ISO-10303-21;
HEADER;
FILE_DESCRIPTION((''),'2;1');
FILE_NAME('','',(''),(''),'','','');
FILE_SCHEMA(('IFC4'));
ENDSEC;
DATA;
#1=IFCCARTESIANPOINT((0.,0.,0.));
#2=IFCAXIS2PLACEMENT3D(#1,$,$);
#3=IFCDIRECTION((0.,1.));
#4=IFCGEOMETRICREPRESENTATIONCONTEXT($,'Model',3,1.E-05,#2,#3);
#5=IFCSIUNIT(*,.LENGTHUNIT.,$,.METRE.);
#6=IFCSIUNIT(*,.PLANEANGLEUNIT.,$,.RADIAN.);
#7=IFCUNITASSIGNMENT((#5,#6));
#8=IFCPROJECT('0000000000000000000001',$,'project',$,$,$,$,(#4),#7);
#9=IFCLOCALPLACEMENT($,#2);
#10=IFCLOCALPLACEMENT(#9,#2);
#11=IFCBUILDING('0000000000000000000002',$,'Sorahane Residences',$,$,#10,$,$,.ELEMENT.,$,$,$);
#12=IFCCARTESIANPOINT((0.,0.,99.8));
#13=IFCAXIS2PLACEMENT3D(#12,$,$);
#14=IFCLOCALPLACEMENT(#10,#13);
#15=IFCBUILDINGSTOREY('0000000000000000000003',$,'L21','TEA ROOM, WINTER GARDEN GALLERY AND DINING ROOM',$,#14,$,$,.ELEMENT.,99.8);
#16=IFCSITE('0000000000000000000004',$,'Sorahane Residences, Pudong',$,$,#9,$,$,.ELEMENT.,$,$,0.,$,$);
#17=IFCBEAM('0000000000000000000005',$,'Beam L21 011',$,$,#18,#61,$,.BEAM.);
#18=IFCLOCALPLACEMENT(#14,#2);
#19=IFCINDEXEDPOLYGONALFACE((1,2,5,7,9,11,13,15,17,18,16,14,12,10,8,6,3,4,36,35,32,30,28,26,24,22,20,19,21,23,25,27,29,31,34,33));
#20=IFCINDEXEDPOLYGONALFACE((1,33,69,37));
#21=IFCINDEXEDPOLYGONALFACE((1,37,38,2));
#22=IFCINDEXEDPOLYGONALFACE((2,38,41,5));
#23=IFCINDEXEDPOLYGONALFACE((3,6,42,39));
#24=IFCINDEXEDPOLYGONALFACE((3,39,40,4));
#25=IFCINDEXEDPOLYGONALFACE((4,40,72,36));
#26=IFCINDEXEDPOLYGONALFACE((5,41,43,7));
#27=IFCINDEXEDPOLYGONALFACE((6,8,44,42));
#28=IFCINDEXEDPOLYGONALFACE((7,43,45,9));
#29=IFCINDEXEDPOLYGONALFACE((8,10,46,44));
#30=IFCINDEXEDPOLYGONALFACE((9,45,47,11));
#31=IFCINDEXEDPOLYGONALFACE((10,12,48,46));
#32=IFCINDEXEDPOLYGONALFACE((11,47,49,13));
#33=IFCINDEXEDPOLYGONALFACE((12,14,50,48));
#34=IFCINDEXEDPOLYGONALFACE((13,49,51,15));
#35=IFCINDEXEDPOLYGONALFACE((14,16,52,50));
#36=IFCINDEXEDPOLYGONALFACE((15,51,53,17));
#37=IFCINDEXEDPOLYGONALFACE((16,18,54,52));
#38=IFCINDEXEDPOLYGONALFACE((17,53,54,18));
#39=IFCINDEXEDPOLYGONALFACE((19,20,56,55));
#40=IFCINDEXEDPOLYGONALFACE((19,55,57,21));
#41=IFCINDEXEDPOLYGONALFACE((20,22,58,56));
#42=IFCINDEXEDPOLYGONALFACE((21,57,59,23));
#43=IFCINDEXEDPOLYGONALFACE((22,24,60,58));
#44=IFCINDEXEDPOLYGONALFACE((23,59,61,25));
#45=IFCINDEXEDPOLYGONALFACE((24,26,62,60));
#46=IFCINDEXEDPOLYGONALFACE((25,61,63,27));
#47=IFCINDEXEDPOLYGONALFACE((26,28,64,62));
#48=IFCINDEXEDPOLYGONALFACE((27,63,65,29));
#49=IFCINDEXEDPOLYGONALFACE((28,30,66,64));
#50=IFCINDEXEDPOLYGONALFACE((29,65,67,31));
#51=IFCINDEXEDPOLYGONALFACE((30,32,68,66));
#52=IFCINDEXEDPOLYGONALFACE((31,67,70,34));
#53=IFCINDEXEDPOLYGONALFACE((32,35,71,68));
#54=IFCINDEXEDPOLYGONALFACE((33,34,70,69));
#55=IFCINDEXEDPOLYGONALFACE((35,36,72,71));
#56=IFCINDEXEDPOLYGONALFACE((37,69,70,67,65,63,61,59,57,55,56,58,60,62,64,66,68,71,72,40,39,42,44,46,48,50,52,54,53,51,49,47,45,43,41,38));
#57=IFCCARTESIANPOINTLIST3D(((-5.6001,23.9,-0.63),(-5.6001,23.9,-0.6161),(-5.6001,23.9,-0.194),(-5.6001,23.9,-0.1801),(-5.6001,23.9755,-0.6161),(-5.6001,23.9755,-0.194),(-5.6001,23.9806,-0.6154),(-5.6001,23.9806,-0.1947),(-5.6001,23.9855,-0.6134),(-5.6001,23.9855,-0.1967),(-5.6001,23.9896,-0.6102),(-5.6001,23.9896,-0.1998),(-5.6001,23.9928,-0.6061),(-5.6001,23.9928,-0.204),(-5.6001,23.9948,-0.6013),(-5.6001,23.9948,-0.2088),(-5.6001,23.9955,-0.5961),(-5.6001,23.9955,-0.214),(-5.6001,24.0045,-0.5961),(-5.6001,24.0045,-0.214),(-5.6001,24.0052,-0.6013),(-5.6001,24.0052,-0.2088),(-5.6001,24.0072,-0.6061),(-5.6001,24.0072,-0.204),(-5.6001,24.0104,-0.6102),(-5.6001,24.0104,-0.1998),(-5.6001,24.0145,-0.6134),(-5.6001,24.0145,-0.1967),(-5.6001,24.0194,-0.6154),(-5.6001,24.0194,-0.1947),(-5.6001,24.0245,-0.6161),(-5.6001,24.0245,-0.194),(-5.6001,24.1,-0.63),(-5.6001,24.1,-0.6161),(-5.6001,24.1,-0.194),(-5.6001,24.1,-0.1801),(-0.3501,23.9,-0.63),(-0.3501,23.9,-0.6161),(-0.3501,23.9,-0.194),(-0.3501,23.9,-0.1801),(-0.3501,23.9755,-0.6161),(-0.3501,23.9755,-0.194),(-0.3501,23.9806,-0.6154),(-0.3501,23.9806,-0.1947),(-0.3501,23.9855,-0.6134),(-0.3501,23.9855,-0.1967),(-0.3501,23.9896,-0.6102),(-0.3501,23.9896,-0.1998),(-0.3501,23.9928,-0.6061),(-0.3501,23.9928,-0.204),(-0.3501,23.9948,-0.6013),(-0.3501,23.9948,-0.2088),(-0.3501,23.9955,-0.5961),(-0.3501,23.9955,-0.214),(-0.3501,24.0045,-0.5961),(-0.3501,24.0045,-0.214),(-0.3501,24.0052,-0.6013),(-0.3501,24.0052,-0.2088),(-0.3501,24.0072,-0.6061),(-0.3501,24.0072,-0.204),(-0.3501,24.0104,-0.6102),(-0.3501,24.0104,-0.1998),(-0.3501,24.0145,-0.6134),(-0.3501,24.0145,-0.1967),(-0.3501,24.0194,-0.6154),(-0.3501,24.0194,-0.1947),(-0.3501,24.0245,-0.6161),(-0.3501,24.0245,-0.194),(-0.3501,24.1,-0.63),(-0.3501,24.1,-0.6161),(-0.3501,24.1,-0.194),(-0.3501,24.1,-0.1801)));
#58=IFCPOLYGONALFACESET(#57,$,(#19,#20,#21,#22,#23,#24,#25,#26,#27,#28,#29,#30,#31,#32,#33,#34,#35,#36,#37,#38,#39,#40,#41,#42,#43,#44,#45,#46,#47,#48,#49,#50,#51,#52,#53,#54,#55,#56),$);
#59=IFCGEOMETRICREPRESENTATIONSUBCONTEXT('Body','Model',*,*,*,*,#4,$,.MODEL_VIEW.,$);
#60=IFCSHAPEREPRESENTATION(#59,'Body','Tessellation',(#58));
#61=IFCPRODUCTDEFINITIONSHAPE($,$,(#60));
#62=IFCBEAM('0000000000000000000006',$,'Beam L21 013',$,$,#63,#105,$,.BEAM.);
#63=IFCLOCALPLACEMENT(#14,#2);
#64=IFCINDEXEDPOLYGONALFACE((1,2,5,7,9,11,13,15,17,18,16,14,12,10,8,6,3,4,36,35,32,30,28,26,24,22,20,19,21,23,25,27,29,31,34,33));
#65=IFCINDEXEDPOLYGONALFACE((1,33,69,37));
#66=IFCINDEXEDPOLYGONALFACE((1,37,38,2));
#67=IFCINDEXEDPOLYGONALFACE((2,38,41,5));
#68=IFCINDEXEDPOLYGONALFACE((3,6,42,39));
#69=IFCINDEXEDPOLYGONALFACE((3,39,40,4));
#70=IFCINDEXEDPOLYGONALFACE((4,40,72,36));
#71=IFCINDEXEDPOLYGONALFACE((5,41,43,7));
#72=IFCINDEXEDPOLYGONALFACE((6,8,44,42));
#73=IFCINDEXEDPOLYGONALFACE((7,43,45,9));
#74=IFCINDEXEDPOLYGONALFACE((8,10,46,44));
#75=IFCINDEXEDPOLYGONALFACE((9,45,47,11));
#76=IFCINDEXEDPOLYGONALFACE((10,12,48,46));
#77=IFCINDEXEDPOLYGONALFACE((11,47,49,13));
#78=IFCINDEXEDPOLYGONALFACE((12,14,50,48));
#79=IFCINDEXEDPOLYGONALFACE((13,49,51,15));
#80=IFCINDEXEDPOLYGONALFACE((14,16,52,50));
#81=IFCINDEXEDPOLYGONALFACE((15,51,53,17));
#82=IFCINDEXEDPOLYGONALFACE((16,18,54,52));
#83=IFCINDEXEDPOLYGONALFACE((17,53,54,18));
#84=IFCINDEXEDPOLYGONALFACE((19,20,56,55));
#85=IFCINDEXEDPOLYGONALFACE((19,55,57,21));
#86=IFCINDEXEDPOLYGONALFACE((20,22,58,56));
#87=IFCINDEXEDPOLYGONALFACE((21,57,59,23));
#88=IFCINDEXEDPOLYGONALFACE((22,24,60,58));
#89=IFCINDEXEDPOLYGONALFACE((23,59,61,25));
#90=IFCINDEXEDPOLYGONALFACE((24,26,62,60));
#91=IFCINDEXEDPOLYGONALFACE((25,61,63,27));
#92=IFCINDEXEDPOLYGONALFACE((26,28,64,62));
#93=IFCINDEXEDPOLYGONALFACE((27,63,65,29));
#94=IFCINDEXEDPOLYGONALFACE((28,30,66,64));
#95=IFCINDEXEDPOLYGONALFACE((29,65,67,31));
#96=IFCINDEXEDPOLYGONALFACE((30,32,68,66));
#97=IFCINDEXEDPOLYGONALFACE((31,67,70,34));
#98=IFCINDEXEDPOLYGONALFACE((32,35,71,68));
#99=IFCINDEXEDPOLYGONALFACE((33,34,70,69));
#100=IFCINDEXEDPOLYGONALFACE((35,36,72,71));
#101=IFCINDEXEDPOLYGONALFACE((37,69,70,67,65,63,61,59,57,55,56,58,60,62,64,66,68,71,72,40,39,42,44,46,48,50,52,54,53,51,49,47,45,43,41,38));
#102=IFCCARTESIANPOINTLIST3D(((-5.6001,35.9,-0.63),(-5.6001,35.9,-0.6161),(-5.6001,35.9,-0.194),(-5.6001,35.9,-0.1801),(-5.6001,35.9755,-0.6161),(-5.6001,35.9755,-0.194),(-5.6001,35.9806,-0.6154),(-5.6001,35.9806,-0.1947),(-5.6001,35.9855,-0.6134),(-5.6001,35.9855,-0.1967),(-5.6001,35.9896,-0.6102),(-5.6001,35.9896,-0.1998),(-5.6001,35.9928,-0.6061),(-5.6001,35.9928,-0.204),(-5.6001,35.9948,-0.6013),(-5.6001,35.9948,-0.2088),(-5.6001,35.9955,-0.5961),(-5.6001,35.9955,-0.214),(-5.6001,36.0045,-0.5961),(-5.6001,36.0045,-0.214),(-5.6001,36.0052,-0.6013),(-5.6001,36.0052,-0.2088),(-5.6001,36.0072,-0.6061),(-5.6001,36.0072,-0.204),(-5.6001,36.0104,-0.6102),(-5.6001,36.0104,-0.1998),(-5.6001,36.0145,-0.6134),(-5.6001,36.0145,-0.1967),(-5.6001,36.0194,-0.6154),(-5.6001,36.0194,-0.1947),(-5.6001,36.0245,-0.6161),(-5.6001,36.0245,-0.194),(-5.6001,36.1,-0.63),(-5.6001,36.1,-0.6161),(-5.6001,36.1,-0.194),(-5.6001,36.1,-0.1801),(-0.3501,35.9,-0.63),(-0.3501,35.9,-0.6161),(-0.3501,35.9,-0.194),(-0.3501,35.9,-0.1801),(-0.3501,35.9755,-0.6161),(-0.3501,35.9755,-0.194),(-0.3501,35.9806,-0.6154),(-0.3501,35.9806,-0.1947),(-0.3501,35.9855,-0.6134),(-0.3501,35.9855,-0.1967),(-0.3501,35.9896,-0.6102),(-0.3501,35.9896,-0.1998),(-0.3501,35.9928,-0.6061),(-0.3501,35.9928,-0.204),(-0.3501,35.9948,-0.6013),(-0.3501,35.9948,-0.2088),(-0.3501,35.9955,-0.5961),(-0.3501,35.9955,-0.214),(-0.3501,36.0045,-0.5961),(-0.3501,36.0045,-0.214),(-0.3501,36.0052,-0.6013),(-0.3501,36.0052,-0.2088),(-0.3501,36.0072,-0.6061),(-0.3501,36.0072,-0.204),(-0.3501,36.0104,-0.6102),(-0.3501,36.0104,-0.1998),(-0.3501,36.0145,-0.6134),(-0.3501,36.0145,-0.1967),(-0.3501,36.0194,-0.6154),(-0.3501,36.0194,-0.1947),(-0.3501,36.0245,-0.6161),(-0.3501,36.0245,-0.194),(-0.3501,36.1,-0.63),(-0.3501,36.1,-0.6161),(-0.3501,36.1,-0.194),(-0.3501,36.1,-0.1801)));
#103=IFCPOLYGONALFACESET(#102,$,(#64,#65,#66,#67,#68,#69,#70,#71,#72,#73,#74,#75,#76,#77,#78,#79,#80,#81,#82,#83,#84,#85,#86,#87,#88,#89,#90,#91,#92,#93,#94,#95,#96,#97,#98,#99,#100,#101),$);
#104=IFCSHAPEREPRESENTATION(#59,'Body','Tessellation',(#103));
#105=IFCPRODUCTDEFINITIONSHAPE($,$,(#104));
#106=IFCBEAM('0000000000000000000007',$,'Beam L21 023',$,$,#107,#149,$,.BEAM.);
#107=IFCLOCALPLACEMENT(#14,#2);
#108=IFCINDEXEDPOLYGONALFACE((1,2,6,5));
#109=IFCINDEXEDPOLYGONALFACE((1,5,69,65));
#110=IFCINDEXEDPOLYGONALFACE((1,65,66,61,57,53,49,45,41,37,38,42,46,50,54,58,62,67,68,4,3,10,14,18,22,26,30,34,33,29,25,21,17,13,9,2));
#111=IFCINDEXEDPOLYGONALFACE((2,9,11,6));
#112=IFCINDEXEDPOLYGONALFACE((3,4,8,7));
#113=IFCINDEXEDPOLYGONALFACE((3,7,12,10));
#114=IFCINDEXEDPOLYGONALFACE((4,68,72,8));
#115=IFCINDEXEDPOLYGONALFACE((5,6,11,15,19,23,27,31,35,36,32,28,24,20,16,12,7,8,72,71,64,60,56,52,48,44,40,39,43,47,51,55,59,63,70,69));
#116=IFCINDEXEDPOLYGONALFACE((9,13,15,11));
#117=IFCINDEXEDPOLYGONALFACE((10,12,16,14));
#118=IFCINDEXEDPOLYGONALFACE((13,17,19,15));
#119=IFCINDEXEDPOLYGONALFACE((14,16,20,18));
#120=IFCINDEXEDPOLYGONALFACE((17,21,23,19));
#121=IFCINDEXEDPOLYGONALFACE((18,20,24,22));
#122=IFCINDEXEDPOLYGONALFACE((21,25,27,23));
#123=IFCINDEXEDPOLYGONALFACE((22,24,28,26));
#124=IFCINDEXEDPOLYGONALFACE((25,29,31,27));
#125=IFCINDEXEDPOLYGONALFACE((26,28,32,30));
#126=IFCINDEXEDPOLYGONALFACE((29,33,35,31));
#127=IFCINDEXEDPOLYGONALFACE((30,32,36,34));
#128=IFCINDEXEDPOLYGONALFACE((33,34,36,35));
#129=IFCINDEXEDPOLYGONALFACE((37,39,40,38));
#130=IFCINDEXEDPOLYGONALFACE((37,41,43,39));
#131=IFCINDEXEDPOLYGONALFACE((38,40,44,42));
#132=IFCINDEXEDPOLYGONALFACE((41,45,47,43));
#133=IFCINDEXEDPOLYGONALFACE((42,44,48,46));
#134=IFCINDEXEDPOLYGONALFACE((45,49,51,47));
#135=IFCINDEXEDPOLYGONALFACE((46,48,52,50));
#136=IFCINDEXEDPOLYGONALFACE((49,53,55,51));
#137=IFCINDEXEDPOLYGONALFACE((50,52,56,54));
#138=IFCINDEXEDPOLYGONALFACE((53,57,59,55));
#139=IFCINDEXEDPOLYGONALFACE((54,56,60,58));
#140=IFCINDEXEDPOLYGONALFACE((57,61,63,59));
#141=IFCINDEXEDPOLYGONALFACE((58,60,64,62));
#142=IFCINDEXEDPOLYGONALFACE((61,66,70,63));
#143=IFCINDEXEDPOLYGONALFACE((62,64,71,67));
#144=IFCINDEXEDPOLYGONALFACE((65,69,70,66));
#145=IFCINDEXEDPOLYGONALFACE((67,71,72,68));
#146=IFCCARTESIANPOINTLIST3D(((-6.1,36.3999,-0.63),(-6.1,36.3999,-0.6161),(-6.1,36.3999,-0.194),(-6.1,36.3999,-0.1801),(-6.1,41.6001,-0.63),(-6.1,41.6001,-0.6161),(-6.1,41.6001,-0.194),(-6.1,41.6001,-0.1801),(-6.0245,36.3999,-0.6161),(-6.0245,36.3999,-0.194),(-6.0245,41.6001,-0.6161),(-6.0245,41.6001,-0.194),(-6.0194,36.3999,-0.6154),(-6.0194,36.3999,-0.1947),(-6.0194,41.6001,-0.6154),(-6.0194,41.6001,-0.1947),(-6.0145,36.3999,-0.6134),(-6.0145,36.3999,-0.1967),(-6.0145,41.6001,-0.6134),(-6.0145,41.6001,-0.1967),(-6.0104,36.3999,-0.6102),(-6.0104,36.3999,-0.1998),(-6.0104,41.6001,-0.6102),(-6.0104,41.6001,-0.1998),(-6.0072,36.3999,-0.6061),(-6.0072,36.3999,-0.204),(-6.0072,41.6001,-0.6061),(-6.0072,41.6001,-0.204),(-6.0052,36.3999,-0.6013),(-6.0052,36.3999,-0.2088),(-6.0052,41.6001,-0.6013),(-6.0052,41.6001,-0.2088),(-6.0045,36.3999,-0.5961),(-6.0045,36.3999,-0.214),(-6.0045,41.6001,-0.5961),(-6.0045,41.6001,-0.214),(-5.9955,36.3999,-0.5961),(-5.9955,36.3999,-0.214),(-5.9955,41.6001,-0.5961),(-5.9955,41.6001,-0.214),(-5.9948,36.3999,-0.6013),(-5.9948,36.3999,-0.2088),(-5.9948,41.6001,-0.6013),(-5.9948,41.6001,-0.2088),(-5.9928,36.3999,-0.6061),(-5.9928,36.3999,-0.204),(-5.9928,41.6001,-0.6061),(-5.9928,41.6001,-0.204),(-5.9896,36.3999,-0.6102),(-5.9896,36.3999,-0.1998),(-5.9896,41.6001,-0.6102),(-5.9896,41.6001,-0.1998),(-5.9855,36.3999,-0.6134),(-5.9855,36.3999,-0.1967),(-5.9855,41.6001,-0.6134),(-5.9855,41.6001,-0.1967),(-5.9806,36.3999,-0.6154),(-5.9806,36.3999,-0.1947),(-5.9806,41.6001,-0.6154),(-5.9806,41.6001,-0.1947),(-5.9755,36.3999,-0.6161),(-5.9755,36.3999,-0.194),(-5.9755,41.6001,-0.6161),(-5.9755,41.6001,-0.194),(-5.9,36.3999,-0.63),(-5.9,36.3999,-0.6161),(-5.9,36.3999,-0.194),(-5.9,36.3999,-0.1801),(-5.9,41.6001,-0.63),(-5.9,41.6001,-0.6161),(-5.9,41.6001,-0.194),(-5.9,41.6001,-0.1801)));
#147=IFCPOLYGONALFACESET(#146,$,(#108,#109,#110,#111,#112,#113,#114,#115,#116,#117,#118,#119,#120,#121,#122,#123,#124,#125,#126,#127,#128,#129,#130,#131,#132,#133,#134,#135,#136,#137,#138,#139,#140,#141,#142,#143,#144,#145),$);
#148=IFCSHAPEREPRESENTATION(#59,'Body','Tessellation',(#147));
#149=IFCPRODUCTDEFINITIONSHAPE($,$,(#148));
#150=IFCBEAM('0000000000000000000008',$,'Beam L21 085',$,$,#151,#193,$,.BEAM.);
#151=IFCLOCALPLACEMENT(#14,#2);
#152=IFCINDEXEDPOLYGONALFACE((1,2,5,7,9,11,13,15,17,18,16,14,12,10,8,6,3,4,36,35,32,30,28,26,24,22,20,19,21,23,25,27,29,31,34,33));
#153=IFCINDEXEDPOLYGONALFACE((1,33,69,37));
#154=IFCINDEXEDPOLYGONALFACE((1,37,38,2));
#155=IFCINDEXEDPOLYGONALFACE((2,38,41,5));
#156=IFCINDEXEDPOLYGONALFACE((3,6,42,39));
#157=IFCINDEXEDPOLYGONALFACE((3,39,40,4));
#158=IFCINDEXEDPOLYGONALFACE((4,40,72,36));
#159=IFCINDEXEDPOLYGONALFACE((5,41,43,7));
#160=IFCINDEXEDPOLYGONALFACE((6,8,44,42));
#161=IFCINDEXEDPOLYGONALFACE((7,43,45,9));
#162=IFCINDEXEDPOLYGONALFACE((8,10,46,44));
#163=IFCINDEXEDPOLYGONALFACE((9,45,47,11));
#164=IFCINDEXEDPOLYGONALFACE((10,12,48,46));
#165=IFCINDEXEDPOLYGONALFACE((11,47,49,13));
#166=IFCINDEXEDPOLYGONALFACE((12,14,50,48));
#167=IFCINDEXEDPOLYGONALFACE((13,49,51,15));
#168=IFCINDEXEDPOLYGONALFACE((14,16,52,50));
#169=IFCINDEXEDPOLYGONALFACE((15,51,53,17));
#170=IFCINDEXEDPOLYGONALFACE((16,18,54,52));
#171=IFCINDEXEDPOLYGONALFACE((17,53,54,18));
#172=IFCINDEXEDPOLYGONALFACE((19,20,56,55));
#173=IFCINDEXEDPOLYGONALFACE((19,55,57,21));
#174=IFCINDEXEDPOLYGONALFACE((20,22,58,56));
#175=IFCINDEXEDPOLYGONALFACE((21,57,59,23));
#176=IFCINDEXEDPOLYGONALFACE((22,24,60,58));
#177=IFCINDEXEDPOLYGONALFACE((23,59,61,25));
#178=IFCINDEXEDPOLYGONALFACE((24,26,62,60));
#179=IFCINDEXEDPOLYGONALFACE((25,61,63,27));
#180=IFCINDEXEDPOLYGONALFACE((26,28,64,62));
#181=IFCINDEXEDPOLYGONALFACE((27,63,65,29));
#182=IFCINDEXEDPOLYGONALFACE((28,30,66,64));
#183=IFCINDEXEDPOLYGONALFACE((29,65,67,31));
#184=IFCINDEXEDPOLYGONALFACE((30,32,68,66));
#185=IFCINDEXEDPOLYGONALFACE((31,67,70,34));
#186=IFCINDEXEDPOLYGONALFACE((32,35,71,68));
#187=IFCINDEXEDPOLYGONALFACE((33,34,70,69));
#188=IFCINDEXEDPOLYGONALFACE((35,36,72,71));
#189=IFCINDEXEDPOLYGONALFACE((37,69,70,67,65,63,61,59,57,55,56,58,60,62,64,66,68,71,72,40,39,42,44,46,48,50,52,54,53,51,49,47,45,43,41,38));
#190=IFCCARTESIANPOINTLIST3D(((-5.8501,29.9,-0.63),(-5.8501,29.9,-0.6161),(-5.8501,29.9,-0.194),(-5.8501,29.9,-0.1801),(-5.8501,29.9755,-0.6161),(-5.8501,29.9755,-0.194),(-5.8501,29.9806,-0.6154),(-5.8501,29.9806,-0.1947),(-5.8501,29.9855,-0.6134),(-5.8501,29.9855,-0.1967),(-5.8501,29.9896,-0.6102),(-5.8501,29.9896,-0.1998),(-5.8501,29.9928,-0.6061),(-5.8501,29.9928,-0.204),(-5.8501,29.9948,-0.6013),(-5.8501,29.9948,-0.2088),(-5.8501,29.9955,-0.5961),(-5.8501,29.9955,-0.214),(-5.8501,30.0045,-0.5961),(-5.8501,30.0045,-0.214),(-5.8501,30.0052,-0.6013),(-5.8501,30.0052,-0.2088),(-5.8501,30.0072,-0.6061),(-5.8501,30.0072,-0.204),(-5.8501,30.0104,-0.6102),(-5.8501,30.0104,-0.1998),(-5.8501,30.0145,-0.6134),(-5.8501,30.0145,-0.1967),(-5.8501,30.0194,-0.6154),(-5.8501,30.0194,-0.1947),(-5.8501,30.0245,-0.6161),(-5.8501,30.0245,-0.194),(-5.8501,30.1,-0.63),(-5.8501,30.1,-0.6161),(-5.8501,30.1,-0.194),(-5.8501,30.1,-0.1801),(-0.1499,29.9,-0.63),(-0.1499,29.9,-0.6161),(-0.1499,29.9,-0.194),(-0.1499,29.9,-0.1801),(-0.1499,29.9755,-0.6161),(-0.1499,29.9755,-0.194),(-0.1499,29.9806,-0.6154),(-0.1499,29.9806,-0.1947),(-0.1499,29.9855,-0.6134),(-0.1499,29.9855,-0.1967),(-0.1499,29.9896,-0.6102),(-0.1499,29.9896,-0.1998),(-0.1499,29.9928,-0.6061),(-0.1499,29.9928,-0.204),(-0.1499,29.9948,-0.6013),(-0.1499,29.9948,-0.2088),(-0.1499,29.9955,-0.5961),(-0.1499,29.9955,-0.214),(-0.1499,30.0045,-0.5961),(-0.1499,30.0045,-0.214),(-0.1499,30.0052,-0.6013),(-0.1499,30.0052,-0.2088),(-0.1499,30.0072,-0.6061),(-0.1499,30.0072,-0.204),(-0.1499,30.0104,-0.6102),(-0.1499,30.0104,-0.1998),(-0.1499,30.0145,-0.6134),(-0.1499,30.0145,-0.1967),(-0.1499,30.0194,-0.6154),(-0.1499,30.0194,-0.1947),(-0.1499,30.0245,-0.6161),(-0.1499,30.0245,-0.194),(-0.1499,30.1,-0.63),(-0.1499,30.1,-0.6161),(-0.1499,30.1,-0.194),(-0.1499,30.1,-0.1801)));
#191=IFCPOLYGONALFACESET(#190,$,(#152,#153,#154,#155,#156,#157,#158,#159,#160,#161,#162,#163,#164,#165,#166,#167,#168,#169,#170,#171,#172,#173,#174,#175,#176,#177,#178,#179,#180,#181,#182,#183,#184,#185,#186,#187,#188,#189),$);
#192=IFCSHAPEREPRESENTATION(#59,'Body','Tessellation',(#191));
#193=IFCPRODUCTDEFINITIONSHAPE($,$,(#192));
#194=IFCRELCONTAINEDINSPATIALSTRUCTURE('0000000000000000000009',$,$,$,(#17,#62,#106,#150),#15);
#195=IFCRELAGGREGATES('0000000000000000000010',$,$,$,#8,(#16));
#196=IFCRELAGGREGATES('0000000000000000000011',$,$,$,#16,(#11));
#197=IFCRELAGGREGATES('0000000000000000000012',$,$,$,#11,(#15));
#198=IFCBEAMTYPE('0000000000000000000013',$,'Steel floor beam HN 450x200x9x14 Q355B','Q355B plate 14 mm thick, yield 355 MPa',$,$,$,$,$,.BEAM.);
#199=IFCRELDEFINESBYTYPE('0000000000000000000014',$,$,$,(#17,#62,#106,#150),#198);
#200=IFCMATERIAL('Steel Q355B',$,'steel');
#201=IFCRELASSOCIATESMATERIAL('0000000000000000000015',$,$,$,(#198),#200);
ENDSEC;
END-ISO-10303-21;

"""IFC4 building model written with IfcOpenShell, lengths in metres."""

from ifc_helpers import new_model, si_unit, direction, frame, origin, origin_2d, place, context, subcontext, project, spatial, i_section, extrude, material, material_profile, profile_set, type_object, element, save


model = new_model("IFC4")

# Units and contexts
model_context = context("Model", 3, precision=1e-05, world=origin(), true_north=direction((0.0, 1.0)))
body_context = subcontext(model_context, "Body", "Model", "MODEL_VIEW")
ifc_project = project(units=[si_unit("LENGTHUNIT", "METRE"), si_unit("PLANEANGLEUNIT", "RADIAN")], contexts=[model_context])

# Site, building, storey
site_placement = place(None, origin())
site = spatial("IfcSite", under=ifc_project, at=site_placement, Name="Sorahane Residences, Pudong", CompositionType="ELEMENT", RefElevation=0.0)
building_placement = place(site_placement, origin())
building = spatial("IfcBuilding", under=site, at=building_placement, Name="Sorahane Residences", CompositionType="ELEMENT")
storey_placement = place(building_placement, frame((0.0, 0.0, 99.8)))
storey = spatial("IfcBuildingStorey", under=building, at=storey_placement, Name="L21", Description="TEA ROOM, WINTER GARDEN GALLERY AND DINING ROOM", CompositionType="ELEMENT", Elevation=99.8)

# Beams
ifc_material_1 = material(Name="Steel Q355B", Category="steel")
ifc_material_profile_1 = material_profile(ifc_material_1, i_section(OverallWidth=0.2, OverallDepth=0.45, WebThickness=0.009, FlangeThickness=0.0139, FilletRadius=0.02, at=origin_2d()), Name="HN 450x200x9x14")
ifc_profile_set_1 = profile_set([ifc_material_profile_1], Name="Steel Q355B")
beam_type_1 = type_object("IfcBeamType", Name="Steel floor beam HN 450x200x9x14 Q355B", Description="Q355B plate 14 mm thick, yield 355 MPa", PredefinedType="BEAM", material=ifc_profile_set_1)
for number, where, z_axis, x_axis, name in (
    (1, (-5.6001, 24.0, -0.405), (1.0, 0.0, 0.0), (0.0, 1.0, 0.0), "Beam L21 011"),
    (2, (-5.6001, 36.0, -0.405), (1.0, 0.0, 0.0), (0.0, 1.0, 0.0), "Beam L21 013"),
):
    element("IfcBeam", number, at=place(storey_placement, frame(where, z_axis=z_axis, x_axis=x_axis)), inside=storey, type_object=beam_type_1, Name=name, PredefinedType="BEAM", context=body_context, shape_type="SweptSolid", body=[
        extrude(i_section(OverallWidth=0.2, OverallDepth=0.45, WebThickness=0.009, FlangeThickness=0.0139, FilletRadius=0.02, at=origin_2d()), origin(), (0.0, 0.0, 1.0), 5.25),
    ])
beam_1_placement = place(storey_placement, frame((-6.0, 36.3999, -0.405), z_axis=(0.0, 1.0, 0.0), x_axis=(-1.0, 0.0, 0.0)))
element("IfcBeam", 3, at=beam_1_placement, inside=storey, type_object=beam_type_1, Name="Beam L21 023", PredefinedType="BEAM", context=body_context, shape_type="SweptSolid", body=[
    extrude(i_section(OverallWidth=0.2, OverallDepth=0.45, WebThickness=0.009, FlangeThickness=0.0139, FilletRadius=0.02, at=origin_2d()), origin(), (0.0, 0.0, 1.0), 5.2002),
])
beam_2_placement = place(storey_placement, frame((-5.8501, 30.0, -0.405), z_axis=(1.0, 0.0, 0.0), x_axis=(0.0, 1.0, 0.0)))
element("IfcBeam", 4, at=beam_2_placement, inside=storey, type_object=beam_type_1, Name="Beam L21 085", PredefinedType="BEAM", context=body_context, shape_type="SweptSolid", body=[
    extrude(i_section(OverallWidth=0.2, OverallDepth=0.45, WebThickness=0.009, FlangeThickness=0.0139, FilletRadius=0.02, at=origin_2d()), origin(), (0.0, 0.0, 1.0), 5.7002),
])

save(model, "model.ifc")
